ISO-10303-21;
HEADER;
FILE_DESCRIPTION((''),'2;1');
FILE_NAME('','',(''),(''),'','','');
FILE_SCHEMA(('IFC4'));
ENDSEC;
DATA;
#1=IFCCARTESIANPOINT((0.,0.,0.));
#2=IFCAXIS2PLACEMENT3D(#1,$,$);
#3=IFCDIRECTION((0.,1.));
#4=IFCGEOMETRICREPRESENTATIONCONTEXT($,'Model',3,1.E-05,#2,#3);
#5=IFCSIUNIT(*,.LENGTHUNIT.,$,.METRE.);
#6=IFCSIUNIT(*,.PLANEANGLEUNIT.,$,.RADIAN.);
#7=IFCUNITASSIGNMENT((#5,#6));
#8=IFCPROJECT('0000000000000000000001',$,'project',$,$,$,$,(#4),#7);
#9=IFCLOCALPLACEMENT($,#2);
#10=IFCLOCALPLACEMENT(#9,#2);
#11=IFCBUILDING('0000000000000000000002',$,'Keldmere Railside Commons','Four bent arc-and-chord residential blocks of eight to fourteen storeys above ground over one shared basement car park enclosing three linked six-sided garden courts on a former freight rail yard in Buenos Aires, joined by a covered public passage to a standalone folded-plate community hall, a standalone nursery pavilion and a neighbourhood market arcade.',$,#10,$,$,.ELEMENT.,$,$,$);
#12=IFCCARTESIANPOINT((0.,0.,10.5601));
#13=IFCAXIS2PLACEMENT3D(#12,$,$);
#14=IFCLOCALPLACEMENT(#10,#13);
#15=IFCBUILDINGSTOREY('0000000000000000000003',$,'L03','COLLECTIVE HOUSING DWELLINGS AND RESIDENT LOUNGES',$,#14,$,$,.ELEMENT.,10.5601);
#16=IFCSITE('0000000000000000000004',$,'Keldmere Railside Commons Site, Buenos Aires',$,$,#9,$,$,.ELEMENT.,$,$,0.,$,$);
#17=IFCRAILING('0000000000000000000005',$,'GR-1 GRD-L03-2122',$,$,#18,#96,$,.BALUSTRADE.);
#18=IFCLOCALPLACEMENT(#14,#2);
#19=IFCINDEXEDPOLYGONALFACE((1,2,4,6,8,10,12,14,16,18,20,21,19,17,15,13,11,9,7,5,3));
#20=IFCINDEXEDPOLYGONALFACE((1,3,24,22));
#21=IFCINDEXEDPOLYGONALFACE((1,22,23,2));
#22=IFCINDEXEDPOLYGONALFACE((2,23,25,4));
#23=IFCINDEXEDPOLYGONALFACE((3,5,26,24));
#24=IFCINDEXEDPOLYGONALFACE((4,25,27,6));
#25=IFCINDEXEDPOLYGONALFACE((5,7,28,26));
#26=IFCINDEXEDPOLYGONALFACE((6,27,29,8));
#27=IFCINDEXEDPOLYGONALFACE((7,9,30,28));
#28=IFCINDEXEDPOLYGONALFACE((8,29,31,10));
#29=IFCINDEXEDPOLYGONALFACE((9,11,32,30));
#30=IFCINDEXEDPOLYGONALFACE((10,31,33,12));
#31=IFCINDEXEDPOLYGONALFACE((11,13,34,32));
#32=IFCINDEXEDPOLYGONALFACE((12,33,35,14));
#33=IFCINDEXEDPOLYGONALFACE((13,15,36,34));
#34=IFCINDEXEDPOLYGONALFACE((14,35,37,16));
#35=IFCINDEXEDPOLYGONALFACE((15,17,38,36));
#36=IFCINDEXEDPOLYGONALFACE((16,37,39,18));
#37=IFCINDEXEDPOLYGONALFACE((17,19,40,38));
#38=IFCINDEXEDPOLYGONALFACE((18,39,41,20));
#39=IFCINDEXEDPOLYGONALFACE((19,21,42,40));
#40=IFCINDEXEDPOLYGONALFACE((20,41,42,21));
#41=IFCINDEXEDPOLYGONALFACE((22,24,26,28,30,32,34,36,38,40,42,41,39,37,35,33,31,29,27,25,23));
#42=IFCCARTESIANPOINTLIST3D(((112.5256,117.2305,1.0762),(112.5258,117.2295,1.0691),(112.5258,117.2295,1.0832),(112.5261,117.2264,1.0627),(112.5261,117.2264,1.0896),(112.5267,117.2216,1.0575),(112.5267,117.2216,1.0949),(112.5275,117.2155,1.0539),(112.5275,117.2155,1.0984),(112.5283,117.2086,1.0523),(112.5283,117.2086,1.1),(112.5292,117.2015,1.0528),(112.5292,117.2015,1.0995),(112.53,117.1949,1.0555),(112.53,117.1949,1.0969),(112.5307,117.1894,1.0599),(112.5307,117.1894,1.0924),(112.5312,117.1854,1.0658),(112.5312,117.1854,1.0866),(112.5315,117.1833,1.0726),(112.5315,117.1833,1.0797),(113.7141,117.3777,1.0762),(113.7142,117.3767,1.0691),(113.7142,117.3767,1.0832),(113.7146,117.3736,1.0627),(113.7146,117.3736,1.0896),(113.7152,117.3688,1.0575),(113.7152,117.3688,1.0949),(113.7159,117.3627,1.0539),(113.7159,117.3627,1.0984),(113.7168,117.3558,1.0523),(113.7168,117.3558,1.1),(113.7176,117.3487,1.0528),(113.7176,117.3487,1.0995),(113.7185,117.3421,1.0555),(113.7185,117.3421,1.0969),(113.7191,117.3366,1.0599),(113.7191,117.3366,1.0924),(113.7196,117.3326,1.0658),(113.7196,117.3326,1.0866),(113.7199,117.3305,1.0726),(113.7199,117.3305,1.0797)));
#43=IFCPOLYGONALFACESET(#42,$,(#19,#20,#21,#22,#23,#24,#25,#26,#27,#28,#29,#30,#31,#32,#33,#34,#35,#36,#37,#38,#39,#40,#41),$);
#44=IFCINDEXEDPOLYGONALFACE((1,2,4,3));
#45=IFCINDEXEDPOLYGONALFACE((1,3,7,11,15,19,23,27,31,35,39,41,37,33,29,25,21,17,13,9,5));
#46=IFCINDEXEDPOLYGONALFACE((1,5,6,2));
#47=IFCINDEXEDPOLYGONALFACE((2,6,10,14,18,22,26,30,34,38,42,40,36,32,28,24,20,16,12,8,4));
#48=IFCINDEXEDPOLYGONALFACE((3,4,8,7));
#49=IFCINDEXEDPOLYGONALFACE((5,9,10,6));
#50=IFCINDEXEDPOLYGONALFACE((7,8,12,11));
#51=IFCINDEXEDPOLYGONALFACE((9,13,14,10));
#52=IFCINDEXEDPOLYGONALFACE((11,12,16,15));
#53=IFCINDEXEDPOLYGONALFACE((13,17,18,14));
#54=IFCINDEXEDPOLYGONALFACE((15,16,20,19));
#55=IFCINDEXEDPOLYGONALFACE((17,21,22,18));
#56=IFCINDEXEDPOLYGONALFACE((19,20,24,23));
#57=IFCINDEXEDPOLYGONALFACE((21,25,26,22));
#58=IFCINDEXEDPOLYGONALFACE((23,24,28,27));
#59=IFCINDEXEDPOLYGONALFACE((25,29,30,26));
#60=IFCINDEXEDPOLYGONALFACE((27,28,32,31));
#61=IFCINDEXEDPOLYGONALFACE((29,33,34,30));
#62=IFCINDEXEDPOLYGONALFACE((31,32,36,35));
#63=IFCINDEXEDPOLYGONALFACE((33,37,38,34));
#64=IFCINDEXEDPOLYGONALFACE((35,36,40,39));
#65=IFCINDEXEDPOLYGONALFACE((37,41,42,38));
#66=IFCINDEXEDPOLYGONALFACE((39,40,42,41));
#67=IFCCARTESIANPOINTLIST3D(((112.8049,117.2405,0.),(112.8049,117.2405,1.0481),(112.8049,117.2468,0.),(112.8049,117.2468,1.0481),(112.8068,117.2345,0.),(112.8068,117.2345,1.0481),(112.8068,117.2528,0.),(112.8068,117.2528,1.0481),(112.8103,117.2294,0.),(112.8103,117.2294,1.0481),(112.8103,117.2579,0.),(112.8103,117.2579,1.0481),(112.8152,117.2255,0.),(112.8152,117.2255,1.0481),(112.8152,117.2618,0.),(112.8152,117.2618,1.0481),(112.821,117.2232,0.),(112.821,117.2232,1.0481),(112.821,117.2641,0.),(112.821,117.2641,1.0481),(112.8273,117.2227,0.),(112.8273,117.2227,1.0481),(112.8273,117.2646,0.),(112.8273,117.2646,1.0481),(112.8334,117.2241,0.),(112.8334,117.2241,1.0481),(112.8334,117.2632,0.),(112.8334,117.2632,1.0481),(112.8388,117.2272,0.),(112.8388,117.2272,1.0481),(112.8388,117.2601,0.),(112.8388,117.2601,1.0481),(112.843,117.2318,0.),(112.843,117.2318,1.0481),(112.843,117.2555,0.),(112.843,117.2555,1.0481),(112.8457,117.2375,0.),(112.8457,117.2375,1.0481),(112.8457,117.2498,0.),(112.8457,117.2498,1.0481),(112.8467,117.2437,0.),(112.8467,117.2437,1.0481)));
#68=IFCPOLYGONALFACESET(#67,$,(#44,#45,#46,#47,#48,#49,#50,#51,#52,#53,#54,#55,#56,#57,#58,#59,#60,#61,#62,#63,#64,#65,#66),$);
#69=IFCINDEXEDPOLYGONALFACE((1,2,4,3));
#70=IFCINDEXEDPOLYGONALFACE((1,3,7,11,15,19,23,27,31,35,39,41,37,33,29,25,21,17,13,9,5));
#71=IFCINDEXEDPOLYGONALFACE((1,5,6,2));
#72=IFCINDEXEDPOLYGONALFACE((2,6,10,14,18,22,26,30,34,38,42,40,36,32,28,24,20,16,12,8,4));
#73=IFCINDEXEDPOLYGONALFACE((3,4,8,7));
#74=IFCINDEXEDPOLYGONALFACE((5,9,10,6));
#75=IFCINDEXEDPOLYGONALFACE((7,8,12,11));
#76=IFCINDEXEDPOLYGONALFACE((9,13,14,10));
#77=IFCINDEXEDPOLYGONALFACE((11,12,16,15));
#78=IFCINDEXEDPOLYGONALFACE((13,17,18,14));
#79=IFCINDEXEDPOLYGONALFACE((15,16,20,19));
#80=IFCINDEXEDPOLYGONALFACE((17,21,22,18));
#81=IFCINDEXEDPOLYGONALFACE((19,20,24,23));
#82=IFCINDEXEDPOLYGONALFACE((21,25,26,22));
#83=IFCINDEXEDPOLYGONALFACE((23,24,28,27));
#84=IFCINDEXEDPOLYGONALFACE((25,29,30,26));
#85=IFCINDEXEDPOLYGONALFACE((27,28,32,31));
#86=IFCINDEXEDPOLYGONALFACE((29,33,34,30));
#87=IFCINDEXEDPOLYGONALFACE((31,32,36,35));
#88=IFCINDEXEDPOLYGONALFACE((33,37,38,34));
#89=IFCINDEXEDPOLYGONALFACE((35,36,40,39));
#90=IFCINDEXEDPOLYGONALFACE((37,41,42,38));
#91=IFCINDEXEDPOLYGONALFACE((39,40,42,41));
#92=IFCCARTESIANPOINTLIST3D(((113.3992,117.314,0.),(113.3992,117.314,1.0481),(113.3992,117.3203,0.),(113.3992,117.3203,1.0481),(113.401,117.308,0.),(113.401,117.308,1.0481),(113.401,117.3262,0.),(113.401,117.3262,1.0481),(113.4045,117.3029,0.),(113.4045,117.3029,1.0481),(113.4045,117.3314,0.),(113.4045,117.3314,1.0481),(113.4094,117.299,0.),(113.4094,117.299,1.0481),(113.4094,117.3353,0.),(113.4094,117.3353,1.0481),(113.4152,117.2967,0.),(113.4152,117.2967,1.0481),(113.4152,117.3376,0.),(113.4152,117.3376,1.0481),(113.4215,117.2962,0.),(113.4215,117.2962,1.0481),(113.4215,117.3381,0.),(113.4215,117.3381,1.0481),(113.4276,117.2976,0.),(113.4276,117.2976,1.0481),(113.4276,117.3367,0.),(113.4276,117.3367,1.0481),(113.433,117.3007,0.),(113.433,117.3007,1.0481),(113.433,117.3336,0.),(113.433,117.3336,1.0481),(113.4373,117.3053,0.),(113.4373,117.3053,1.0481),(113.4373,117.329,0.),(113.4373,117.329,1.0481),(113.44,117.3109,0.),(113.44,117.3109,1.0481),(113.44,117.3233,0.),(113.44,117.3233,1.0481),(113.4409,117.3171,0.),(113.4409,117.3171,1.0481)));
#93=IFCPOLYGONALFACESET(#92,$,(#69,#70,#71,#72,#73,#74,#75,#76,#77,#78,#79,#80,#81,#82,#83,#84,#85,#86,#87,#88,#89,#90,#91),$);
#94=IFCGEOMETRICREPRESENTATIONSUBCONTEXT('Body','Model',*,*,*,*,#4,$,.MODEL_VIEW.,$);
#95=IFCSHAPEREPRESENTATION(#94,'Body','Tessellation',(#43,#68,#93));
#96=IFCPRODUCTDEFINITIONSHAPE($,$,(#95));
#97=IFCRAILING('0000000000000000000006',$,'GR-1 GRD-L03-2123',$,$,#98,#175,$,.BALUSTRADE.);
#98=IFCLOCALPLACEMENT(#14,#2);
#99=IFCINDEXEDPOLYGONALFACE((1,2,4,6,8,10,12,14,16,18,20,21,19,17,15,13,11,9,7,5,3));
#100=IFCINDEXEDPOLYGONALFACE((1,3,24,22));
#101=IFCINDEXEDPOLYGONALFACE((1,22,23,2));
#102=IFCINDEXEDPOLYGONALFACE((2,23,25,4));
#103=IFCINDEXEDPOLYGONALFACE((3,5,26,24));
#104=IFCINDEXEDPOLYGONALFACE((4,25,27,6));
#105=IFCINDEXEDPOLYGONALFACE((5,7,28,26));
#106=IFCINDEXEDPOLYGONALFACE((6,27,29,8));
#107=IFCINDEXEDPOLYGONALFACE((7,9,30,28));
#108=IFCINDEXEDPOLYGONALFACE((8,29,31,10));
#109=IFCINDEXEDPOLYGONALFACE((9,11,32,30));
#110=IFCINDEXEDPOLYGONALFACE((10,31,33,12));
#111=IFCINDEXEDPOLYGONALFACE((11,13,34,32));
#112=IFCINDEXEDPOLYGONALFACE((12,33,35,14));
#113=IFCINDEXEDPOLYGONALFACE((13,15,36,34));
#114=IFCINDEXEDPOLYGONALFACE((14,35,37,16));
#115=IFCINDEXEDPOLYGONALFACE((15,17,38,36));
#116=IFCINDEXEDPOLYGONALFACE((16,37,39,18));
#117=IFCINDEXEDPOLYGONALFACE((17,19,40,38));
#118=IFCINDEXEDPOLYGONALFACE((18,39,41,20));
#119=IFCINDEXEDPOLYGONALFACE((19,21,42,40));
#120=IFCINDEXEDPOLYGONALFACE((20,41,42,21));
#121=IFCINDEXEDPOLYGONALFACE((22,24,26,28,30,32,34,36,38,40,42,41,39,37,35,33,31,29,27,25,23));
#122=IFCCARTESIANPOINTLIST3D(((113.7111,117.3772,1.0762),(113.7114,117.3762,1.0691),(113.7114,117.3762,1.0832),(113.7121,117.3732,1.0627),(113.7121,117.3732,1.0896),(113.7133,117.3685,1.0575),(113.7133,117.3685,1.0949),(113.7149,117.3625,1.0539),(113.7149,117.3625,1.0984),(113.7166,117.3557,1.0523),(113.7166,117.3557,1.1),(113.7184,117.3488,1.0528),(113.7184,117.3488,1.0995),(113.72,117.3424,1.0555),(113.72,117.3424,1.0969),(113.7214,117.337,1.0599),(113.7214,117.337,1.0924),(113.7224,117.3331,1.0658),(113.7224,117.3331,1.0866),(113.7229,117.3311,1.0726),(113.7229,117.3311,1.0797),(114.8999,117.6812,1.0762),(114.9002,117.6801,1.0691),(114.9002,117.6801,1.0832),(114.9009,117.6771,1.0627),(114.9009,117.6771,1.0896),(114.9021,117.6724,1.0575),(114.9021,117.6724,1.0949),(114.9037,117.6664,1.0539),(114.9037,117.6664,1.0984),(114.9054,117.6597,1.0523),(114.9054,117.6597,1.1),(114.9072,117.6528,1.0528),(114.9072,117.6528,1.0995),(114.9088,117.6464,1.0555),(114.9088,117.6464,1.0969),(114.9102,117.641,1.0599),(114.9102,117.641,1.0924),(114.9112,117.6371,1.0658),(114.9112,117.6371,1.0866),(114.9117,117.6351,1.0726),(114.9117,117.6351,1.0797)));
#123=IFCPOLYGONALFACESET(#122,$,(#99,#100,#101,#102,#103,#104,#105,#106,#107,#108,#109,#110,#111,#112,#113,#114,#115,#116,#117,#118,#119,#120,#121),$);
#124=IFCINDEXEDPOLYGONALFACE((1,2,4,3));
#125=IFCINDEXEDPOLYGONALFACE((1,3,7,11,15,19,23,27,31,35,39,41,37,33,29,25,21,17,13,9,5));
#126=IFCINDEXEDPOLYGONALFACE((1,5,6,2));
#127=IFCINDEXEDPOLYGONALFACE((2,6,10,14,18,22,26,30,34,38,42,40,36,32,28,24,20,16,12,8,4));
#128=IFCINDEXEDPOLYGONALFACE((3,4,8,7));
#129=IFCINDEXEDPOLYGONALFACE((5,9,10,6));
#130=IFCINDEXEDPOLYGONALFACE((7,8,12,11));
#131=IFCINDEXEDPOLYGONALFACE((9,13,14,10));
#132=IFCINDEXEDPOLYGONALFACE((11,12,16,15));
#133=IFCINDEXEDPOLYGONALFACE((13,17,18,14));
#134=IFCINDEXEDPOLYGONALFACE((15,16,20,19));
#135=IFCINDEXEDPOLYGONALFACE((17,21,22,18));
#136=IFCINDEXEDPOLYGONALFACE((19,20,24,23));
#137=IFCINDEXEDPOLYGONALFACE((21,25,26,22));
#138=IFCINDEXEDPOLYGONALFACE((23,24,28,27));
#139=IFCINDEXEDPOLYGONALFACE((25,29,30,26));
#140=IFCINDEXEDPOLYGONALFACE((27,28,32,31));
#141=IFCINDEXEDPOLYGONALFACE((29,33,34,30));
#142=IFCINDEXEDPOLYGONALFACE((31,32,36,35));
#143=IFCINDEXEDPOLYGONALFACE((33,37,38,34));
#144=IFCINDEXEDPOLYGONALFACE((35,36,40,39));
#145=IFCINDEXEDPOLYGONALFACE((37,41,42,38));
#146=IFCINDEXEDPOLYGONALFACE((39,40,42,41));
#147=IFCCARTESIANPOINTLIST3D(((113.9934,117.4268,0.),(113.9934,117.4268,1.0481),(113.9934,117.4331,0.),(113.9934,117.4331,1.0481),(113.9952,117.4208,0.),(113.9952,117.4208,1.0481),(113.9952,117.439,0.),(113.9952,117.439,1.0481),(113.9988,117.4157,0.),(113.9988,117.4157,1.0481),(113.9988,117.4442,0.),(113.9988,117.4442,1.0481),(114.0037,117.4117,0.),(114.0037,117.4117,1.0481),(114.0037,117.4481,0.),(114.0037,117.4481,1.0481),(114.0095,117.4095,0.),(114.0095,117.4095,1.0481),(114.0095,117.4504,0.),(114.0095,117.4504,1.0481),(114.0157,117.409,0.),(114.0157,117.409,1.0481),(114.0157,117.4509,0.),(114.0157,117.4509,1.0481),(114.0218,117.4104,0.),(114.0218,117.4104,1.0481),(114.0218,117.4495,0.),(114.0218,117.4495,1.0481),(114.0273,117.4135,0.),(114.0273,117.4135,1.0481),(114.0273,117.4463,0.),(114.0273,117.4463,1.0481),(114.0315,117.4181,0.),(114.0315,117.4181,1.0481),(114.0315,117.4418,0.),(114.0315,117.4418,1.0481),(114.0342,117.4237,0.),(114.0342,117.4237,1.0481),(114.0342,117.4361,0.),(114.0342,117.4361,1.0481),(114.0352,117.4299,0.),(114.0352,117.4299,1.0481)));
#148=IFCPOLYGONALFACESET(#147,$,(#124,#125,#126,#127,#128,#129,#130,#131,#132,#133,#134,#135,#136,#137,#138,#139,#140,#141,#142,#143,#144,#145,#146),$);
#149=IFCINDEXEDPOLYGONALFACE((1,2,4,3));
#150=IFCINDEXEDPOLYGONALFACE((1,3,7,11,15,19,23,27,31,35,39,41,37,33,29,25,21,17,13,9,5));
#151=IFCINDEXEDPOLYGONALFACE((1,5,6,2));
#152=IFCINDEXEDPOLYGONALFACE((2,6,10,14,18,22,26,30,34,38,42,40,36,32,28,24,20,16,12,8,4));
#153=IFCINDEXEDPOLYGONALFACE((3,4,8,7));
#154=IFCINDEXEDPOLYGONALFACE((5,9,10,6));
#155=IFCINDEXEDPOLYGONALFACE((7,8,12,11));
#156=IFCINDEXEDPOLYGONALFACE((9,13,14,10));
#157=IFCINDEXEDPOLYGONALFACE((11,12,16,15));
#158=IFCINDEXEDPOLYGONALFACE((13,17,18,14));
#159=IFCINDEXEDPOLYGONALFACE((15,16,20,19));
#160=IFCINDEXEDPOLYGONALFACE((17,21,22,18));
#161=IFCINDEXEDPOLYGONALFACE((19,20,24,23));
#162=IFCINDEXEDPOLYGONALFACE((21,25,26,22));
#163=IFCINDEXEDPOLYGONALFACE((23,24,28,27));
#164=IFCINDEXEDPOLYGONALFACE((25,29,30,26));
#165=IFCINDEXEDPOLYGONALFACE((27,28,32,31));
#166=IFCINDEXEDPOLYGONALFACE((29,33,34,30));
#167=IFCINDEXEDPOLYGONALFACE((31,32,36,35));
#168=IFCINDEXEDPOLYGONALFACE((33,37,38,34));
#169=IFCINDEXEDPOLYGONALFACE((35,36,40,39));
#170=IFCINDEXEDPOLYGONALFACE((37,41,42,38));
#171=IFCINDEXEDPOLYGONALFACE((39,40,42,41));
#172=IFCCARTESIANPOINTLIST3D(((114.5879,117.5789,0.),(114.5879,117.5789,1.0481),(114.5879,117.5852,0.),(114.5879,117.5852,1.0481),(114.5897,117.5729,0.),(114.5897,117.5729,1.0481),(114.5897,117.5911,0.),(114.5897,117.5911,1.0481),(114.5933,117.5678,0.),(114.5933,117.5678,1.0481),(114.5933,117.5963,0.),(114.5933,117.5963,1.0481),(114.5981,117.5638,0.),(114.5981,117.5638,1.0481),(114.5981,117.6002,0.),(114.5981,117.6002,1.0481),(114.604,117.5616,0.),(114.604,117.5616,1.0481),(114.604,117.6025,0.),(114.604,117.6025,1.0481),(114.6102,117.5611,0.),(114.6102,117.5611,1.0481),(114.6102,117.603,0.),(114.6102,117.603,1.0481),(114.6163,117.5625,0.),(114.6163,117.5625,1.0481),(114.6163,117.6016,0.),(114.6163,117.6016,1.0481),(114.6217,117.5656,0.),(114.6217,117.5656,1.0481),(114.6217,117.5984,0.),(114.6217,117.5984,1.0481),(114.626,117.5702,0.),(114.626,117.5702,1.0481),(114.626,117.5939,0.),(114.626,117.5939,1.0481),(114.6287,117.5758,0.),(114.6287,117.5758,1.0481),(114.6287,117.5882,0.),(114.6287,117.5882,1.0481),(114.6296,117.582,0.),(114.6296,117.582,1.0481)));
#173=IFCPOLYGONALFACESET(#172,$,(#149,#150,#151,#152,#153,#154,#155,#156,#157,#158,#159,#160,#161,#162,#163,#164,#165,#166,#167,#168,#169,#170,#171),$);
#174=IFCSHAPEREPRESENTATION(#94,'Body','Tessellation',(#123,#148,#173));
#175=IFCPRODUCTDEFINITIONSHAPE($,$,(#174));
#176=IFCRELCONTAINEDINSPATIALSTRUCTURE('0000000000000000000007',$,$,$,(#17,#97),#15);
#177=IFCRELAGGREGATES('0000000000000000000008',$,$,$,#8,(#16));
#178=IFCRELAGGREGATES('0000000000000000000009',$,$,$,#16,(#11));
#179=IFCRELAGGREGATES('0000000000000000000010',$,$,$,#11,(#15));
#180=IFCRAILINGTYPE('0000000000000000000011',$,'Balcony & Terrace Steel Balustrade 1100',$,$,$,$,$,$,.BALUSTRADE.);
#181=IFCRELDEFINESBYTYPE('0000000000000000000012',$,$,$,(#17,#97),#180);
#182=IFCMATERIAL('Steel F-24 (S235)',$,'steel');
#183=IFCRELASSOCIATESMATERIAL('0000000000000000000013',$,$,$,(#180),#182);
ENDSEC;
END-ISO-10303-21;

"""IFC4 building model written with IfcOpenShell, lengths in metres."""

from ifc_helpers import new_model, si_unit, direction, frame, origin, origin_2d, place, context, subcontext, project, spatial, circle, extrude, material, type_object, element, save


model = new_model("IFC4")

# Units and contexts
model_context = context("Model", 3, precision=1e-05, world=origin(), true_north=direction((0.0, 1.0)))
body_context = subcontext(model_context, "Body", "Model", "MODEL_VIEW")
ifc_project = project(units=[si_unit("LENGTHUNIT", "METRE"), si_unit("PLANEANGLEUNIT", "RADIAN")], contexts=[model_context])

# Site, building, storey
site_placement = place(None, origin())
site = spatial("IfcSite", under=ifc_project, at=site_placement, Name="Keldmere Railside Commons Site, Buenos Aires", CompositionType="ELEMENT", RefElevation=0.0)
building_placement = place(site_placement, origin())
building = spatial("IfcBuilding", under=site, at=building_placement, Name="Keldmere Railside Commons", Description="Four bent arc-and-chord residential blocks of eight to fourteen storeys above ground over one shared basement car park enclosing three linked six-sided garden courts on a former freight rail yard in Buenos Aires, joined by a covered public passage to a standalone folded-plate community hall, a standalone nursery pavilion and a neighbourhood market arcade.", CompositionType="ELEMENT")
storey_placement = place(building_placement, frame((0.0, 0.0, 10.5601)))
storey = spatial("IfcBuildingStorey", under=building, at=storey_placement, Name="L03", Description="COLLECTIVE HOUSING DWELLINGS AND RESIDENT LOUNGES", CompositionType="ELEMENT", Elevation=10.5601)

# Railings
ifc_material_1 = material(Name="Steel F-24 (S235)", Category="steel")
railing_type = type_object("IfcRailingType", Name="Balcony & Terrace Steel Balustrade 1100", PredefinedType="BALUSTRADE", material=ifc_material_1)
railing_1_placement = place(storey_placement, frame((112.5286, 117.2068, 0.0)))
element("IfcRailing", 1, at=railing_1_placement, inside=storey, type_object=railing_type, Name="GR-1 GRD-L03-2122", PredefinedType="BALUSTRADE", context=body_context, shape_type="SweptSolid", body=[
    extrude(circle(Radius=0.0239, at=origin_2d()), frame((0.0, 0.0, 1.0762), z_axis=(0.992415, 0.122931, 0.0), x_axis=(-0.122931, 0.992415, 0.0)), (0.0, 0.0, 1.0), 1.1975),
    extrude(circle(Radius=0.021, at=origin_2d()), frame((0.2971, 0.0369, 0.0)), (0.0, 0.0, 1.0), 1.0481),
    extrude(circle(Radius=0.021, at=origin_2d()), frame((0.8914, 0.1104, 0.0)), (0.0, 0.0, 1.0), 1.0481),
])
railing_2_placement = place(storey_placement, frame((113.717, 117.354, 0.0)))
element("IfcRailing", 2, at=railing_2_placement, inside=storey, type_object=railing_type, Name="GR-1 GRD-L03-2123", PredefinedType="BALUSTRADE", context=body_context, shape_type="SweptSolid", body=[
    extrude(circle(Radius=0.0239, at=origin_2d()), frame((0.0, 0.0, 1.0762), z_axis=(0.968829, 0.247729, 0.0), x_axis=(-0.247729, 0.968829, 0.0)), (0.0, 0.0, 1.0), 1.2271),
    extrude(circle(Radius=0.021, at=origin_2d()), frame((0.2971, 0.0759, 0.0)), (0.0, 0.0, 1.0), 1.0481),
    extrude(circle(Radius=0.021, at=origin_2d()), frame((0.8916, 0.228, 0.0)), (0.0, 0.0, 1.0), 1.0481),
])

save(model, "model.ifc")
